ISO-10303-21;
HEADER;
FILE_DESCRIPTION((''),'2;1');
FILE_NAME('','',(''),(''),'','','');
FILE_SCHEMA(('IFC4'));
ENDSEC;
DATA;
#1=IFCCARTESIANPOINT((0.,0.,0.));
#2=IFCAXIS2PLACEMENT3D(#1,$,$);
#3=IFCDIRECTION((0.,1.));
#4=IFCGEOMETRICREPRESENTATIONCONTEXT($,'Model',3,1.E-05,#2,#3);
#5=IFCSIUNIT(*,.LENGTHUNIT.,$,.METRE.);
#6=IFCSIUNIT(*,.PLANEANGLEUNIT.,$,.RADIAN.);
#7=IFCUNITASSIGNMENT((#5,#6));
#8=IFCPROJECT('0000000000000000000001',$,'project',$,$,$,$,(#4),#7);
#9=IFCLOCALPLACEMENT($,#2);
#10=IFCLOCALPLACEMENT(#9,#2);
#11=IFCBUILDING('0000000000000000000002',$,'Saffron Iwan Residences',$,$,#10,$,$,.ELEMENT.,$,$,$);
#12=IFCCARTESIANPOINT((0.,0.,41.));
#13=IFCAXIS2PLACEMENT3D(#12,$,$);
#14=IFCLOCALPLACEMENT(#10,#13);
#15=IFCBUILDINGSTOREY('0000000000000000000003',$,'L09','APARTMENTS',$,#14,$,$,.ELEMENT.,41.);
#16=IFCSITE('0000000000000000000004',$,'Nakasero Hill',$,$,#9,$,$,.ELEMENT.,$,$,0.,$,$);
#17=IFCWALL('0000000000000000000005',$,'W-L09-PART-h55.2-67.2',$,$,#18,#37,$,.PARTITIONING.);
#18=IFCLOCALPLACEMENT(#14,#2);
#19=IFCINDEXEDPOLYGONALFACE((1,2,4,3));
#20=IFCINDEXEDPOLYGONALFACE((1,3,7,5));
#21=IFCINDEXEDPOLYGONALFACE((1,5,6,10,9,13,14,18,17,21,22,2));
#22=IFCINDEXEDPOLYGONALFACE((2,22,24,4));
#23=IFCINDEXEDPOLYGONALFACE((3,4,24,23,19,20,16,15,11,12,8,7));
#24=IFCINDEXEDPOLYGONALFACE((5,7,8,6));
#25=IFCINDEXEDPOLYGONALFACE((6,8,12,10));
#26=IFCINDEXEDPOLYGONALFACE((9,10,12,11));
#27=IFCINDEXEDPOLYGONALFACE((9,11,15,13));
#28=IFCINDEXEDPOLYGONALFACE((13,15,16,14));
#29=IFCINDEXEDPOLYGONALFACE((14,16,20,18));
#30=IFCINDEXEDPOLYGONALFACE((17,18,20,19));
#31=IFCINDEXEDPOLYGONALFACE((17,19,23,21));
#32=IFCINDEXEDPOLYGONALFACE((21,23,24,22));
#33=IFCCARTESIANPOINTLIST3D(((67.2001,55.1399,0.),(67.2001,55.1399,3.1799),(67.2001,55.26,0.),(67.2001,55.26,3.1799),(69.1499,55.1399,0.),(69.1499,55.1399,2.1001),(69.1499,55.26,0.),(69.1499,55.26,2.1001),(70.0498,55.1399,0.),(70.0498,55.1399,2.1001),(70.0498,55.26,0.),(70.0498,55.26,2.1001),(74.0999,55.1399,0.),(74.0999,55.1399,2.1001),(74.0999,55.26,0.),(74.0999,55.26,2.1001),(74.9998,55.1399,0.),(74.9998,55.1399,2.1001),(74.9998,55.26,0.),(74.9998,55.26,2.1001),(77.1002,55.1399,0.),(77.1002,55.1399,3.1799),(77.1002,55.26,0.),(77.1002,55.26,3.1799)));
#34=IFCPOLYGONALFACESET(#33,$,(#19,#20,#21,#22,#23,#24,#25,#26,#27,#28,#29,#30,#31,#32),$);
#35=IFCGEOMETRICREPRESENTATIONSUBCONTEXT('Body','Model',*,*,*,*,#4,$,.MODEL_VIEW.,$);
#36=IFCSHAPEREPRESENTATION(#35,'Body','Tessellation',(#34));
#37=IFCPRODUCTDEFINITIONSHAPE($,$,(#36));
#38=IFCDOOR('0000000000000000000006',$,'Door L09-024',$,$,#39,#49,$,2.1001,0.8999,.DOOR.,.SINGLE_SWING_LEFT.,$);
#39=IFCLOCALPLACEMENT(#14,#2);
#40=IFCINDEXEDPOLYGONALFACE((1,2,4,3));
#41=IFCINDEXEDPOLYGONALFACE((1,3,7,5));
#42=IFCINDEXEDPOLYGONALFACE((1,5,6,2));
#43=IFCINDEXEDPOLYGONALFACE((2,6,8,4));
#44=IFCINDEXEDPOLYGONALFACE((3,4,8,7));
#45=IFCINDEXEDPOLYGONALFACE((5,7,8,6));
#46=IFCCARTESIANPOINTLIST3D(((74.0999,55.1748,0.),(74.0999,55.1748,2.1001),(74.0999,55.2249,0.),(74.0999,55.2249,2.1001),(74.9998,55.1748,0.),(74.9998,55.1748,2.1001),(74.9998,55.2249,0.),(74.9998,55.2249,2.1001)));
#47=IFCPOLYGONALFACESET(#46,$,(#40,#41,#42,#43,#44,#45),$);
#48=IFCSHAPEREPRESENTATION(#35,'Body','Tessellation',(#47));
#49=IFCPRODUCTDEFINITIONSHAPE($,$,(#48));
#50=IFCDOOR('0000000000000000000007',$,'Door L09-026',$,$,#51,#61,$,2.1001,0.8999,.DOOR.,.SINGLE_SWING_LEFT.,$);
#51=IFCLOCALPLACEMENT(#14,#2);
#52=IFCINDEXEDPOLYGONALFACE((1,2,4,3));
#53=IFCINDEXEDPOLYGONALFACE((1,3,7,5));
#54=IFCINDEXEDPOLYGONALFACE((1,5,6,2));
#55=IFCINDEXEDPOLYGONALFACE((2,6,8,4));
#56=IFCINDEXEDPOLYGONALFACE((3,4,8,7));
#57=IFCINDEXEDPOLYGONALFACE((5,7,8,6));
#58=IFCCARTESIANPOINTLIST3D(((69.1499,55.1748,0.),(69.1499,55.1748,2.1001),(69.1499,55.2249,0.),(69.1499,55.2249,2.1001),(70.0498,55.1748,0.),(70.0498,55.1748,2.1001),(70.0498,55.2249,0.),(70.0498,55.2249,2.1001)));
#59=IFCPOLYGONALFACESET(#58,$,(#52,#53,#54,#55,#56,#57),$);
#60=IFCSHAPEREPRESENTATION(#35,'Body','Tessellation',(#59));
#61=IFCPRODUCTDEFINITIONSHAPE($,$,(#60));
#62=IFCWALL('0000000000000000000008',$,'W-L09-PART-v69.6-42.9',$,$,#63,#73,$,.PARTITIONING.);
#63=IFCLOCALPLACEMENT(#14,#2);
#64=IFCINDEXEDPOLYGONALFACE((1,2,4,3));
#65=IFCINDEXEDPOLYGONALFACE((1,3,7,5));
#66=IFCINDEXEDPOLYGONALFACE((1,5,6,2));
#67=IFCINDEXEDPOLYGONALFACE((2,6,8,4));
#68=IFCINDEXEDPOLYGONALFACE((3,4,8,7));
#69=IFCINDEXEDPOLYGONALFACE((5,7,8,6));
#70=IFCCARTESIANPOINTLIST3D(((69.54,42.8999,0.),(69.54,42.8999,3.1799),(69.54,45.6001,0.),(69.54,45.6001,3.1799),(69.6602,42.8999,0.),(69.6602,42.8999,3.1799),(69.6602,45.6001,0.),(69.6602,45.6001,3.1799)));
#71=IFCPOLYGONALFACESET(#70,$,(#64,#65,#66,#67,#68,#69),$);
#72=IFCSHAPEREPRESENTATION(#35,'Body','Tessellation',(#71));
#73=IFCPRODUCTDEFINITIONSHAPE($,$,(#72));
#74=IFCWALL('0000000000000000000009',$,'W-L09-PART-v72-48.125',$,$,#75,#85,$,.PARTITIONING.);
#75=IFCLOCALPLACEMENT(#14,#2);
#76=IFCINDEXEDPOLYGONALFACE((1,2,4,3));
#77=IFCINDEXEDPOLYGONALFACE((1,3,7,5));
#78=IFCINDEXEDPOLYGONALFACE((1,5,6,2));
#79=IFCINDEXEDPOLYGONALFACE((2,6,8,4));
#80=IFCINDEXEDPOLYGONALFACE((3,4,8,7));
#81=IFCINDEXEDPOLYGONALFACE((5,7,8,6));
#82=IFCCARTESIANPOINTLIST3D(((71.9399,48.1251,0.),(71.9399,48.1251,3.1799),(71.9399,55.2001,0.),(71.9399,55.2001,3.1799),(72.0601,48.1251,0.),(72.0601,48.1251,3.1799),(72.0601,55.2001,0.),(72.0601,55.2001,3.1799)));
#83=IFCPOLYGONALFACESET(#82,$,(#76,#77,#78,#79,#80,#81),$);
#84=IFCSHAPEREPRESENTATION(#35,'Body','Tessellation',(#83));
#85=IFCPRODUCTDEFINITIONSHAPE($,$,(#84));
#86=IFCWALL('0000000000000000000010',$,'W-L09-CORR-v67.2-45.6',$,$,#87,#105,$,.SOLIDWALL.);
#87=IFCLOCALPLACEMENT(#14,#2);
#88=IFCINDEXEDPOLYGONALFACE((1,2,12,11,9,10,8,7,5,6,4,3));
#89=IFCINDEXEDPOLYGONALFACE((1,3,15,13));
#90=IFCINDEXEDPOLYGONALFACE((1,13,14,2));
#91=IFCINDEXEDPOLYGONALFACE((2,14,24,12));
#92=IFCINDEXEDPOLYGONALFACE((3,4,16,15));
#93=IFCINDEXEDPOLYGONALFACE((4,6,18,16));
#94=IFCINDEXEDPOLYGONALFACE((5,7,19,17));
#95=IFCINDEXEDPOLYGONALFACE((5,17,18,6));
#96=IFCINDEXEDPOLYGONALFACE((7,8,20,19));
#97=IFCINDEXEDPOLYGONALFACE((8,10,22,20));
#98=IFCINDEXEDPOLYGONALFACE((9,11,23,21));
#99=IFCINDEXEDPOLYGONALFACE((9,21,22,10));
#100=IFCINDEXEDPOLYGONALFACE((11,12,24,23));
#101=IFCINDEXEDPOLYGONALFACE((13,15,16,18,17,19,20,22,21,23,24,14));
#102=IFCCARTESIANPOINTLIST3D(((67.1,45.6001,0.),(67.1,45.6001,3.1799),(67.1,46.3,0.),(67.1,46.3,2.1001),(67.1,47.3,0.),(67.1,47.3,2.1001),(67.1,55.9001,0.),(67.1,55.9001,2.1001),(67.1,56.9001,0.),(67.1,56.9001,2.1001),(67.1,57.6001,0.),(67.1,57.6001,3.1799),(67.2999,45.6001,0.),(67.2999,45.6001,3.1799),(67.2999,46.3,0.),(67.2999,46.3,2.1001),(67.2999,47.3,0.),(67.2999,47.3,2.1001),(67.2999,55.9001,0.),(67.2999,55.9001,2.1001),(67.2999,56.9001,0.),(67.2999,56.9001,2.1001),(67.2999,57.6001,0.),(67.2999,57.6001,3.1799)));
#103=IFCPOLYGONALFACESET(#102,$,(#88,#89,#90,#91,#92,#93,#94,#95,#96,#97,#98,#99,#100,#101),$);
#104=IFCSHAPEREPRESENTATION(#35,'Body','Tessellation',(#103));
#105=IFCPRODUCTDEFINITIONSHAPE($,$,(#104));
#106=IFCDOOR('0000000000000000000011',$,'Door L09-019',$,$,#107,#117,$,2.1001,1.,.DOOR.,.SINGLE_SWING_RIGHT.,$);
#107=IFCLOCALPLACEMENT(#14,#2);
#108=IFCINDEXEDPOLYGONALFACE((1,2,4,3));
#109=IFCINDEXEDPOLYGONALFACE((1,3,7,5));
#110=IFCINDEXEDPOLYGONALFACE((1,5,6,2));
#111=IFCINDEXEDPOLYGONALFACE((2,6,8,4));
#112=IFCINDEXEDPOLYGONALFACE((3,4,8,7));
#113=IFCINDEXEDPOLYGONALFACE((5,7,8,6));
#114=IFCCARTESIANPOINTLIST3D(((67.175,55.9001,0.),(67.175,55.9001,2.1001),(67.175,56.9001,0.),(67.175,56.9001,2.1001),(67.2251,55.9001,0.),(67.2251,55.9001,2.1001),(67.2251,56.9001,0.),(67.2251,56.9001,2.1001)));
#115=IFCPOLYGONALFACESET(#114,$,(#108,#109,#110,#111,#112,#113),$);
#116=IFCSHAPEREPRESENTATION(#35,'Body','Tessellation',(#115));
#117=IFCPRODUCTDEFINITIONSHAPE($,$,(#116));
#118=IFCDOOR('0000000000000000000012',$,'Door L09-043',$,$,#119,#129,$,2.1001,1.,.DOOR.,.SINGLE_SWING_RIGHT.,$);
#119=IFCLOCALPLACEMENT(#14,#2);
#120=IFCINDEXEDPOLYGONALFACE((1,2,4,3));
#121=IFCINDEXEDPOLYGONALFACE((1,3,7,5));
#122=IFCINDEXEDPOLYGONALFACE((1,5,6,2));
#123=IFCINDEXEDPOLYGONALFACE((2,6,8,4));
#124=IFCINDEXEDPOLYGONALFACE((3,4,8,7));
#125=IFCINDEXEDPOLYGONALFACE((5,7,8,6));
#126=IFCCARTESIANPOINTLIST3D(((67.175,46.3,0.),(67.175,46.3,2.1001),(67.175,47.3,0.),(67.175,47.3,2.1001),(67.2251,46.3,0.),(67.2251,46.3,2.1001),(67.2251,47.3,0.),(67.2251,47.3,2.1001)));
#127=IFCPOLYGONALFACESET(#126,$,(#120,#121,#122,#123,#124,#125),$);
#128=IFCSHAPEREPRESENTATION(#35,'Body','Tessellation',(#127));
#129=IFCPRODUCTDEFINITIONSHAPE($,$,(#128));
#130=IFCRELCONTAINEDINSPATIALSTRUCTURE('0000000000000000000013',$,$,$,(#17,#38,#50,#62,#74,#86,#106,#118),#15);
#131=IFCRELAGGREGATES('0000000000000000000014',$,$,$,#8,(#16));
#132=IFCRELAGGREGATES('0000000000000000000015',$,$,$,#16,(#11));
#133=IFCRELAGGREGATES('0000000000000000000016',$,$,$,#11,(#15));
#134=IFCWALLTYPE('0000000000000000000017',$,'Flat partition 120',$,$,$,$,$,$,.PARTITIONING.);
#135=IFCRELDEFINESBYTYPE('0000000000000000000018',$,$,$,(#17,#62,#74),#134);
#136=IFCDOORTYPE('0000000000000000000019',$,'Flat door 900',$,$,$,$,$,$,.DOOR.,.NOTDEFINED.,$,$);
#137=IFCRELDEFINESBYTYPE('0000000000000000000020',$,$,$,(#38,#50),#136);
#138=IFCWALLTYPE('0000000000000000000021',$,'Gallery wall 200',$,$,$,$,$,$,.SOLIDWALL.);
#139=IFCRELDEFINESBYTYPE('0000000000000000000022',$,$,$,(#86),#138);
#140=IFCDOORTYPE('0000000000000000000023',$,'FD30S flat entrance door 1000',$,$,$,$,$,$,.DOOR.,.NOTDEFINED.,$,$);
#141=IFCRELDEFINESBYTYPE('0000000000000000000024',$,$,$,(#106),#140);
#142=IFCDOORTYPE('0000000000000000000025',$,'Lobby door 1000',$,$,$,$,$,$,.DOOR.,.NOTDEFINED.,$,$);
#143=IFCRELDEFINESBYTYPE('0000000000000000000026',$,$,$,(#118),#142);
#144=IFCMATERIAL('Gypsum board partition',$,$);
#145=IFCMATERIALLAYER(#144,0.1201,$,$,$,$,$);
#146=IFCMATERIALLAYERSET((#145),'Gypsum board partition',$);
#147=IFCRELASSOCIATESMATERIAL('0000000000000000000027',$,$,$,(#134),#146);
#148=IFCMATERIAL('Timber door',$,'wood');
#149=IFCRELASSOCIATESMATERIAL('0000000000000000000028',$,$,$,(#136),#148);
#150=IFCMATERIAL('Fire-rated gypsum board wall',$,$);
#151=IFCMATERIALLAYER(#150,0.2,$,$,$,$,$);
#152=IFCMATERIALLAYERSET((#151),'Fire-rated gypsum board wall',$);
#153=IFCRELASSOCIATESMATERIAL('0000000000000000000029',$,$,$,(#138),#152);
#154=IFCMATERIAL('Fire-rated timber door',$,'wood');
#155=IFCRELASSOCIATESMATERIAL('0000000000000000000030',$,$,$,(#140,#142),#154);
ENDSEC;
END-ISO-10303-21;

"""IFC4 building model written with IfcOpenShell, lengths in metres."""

from ifc_helpers import new_model, si_unit, direction, frame, frame_2d, origin, place, context, subcontext, project, spatial, rectangle, extrude, material, layer, layer_set, type_object, element, fill, save


model = new_model("IFC4")

# Units and contexts
model_context = context("Model", 3, precision=1e-05, world=origin(), true_north=direction((0.0, 1.0)))
body_context = subcontext(model_context, "Body", "Model", "MODEL_VIEW")
ifc_project = project(units=[si_unit("LENGTHUNIT", "METRE"), si_unit("PLANEANGLEUNIT", "RADIAN")], contexts=[model_context])

# Site, building, storey
site_placement = place(None, origin())
site = spatial("IfcSite", under=ifc_project, at=site_placement, Name="Nakasero Hill", CompositionType="ELEMENT", RefElevation=0.0)
building_placement = place(site_placement, origin())
building = spatial("IfcBuilding", under=site, at=building_placement, Name="Saffron Iwan Residences", CompositionType="ELEMENT")
storey_placement = place(building_placement, frame((0.0, 0.0, 41.0)))
storey = spatial("IfcBuildingStorey", under=building, at=storey_placement, Name="L09", Description="APARTMENTS", CompositionType="ELEMENT", Elevation=41.0)

# Shared definitions
ifc_material_1 = material(Name="Fire-rated gypsum board wall")

# Shared definitions
ifc_material_2 = material(Name="Gypsum board partition")
ifc_layer_1 = layer(ifc_material_2, 0.1201)
ifc_layer_set_1 = layer_set([ifc_layer_1], Name="Gypsum board partition")
wall_type_1 = type_object("IfcWallType", Name="Flat partition 120", PredefinedType="PARTITIONING", material=ifc_layer_set_1)
ifc_material_3 = material(Name="Timber door", Category="wood")
door_type_1 = type_object("IfcDoorType", Name="Flat door 900", OperationType="NOTDEFINED", PredefinedType="DOOR", material=ifc_material_3)

# Wall, openings, doors
wall_1_placement = place(storey_placement, frame((67.2, 55.2, 0.0), z_axis=(0.0, 0.0, 1.0), x_axis=(1.0, 0.0, 0.0)))
wall_1 = element("IfcWall", 1, at=wall_1_placement, inside=storey, type_object=wall_type_1, Name="W-L09-PART-h55.2-67.2", PredefinedType="PARTITIONING", context=body_context, shape_type="SweptSolid", body=[
    extrude(rectangle(XDim=9.9001, YDim=0.1201, at=frame_2d((4.9502, 0.0))), origin(), (0.0, 0.0, 1.0), 3.1799),
])
opening_1_placement = place(wall_1_placement, frame((6.8999, 0.0, 0.0)))
opening_1 = element("IfcOpeningElement", 2, at=opening_1_placement, cuts=wall_1, PredefinedType="OPENING", context=body_context, shape_type="SweptSolid", body=[
    extrude(rectangle(XDim=0.8999, YDim=2.1001, at=frame_2d((0.45, 1.05))), frame((0.0, 0.0701, 0.0), z_axis=(0.0, -1.0, 0.0), x_axis=(1.0, 0.0, 0.0)), (0.0, 0.0, 1.0), 0.1401),
])
opening_2_placement = place(wall_1_placement, frame((1.95, 0.0, 0.0)))
opening_2 = element("IfcOpeningElement", 3, at=opening_2_placement, cuts=wall_1, PredefinedType="OPENING", context=body_context, shape_type="SweptSolid", body=[
    extrude(rectangle(XDim=0.8999, YDim=2.1001, at=frame_2d((0.45, 1.05))), frame((0.0, 0.0701, 0.0), z_axis=(0.0, -1.0, 0.0), x_axis=(1.0, 0.0, 0.0)), (0.0, 0.0, 1.0), 0.1401),
])
door_1_placement = place(opening_1_placement, origin())
door_1 = element("IfcDoor", 4, at=door_1_placement, inside=storey, type_object=door_type_1, Name="Door L09-024", OperationType="SINGLE_SWING_LEFT", OverallHeight=2.1001, OverallWidth=0.8999, PredefinedType="DOOR", context=body_context, shape_type="SweptSolid", body=[
    extrude(rectangle(XDim=0.8999, YDim=2.1001, at=frame_2d((0.45, 1.05))), frame((0.0, 0.0249, 0.0), z_axis=(0.0, -1.0, 0.0), x_axis=(1.0, 0.0, 0.0)), (0.0, 0.0, 1.0), 0.05),
])
fill(opening_1, door_1)
door_2_placement = place(opening_2_placement, origin())
door_2 = element("IfcDoor", 5, at=door_2_placement, inside=storey, type_object=door_type_1, Name="Door L09-026", OperationType="SINGLE_SWING_LEFT", OverallHeight=2.1001, OverallWidth=0.8999, PredefinedType="DOOR", context=body_context, shape_type="SweptSolid", body=[
    extrude(rectangle(XDim=0.8999, YDim=2.1001, at=frame_2d((0.45, 1.05))), frame((0.0, 0.0249, 0.0), z_axis=(0.0, -1.0, 0.0), x_axis=(1.0, 0.0, 0.0)), (0.0, 0.0, 1.0), 0.05),
])
fill(opening_2, door_2)

# Walls
wall_2_placement = place(storey_placement, frame((69.6001, 42.8999, 0.0), z_axis=(0.0, 0.0, 1.0), x_axis=(0.0, 1.0, 0.0)))
element("IfcWall", 6, at=wall_2_placement, inside=storey, type_object=wall_type_1, Name="W-L09-PART-v69.6-42.9", PredefinedType="PARTITIONING", context=body_context, shape_type="SweptSolid", body=[
    extrude(rectangle(XDim=2.7002, YDim=0.1201, at=frame_2d((1.3501, 0.0))), origin(), (0.0, 0.0, 1.0), 3.1799),
])
wall_3_placement = place(storey_placement, frame((72.0, 48.125, 0.0), z_axis=(0.0, 0.0, 1.0), x_axis=(0.0, 1.0, 0.0)))
element("IfcWall", 7, at=wall_3_placement, inside=storey, type_object=wall_type_1, Name="W-L09-PART-v72-48.125", PredefinedType="PARTITIONING", context=body_context, shape_type="SweptSolid", body=[
    extrude(rectangle(XDim=7.075, YDim=0.1201, at=frame_2d((3.5376, 0.0))), origin(), (0.0, 0.0, 1.0), 3.1799),
])

# Wall, openings, doors
ifc_layer_2 = layer(ifc_material_1, 0.2)
ifc_layer_set_2 = layer_set([ifc_layer_2], Name="Fire-rated gypsum board wall")
wall_type_2 = type_object("IfcWallType", Name="Gallery wall 200", PredefinedType="SOLIDWALL", material=ifc_layer_set_2)
wall_4_placement = place(storey_placement, frame((67.2, 45.6001, 0.0), z_axis=(0.0, 0.0, 1.0), x_axis=(0.0, 1.0, 0.0)))
wall_4 = element("IfcWall", 8, at=wall_4_placement, inside=storey, type_object=wall_type_2, Name="W-L09-CORR-v67.2-45.6", PredefinedType="SOLIDWALL", context=body_context, shape_type="SweptSolid", body=[
    extrude(rectangle(XDim=12.0, YDim=0.2, at=frame_2d((6.0, 0.0))), origin(), (0.0, 0.0, 1.0), 3.1799),
])
opening_3_placement = place(wall_4_placement, frame((10.3, 0.0, 0.0)))
opening_3 = element("IfcOpeningElement", 9, at=opening_3_placement, cuts=wall_4, PredefinedType="OPENING", context=body_context, shape_type="SweptSolid", body=[
    extrude(rectangle(XDim=1.0, YDim=2.1001, at=frame_2d((0.5, 1.05))), frame((0.0, 0.1099, 0.0), z_axis=(0.0, -1.0, 0.0), x_axis=(1.0, 0.0, 0.0)), (0.0, 0.0, 1.0), 0.22),
])
opening_4_placement = place(wall_4_placement, frame((0.7, 0.0, 0.0)))
opening_4 = element("IfcOpeningElement", 10, at=opening_4_placement, cuts=wall_4, PredefinedType="OPENING", context=body_context, shape_type="SweptSolid", body=[
    extrude(rectangle(XDim=1.0, YDim=2.1001, at=frame_2d((0.5, 1.05))), frame((0.0, 0.1099, 0.0), z_axis=(0.0, -1.0, 0.0), x_axis=(1.0, 0.0, 0.0)), (0.0, 0.0, 1.0), 0.22),
])
ifc_material_4 = material(Name="Fire-rated timber door", Category="wood")
door_type_2 = type_object("IfcDoorType", Name="FD30S flat entrance door 1000", OperationType="NOTDEFINED", PredefinedType="DOOR", material=ifc_material_4)
door_3_placement = place(opening_3_placement, origin())
door_3 = element("IfcDoor", 11, at=door_3_placement, inside=storey, type_object=door_type_2, Name="Door L09-019", OperationType="SINGLE_SWING_RIGHT", OverallHeight=2.1001, OverallWidth=1.0, PredefinedType="DOOR", context=body_context, shape_type="SweptSolid", body=[
    extrude(rectangle(XDim=1.0, YDim=2.1001, at=frame_2d((0.5, 1.05))), frame((0.0, 0.0249, 0.0), z_axis=(0.0, -1.0, 0.0), x_axis=(1.0, 0.0, 0.0)), (0.0, 0.0, 1.0), 0.05),
])
fill(opening_3, door_3)
door_type_3 = type_object("IfcDoorType", Name="Lobby door 1000", OperationType="NOTDEFINED", PredefinedType="DOOR", material=ifc_material_4)
door_4_placement = place(opening_4_placement, origin())
door_4 = element("IfcDoor", 12, at=door_4_placement, inside=storey, type_object=door_type_3, Name="Door L09-043", OperationType="SINGLE_SWING_RIGHT", OverallHeight=2.1001, OverallWidth=1.0, PredefinedType="DOOR", context=body_context, shape_type="SweptSolid", body=[
    extrude(rectangle(XDim=1.0, YDim=2.1001, at=frame_2d((0.5, 1.05))), frame((0.0, 0.0249, 0.0), z_axis=(0.0, -1.0, 0.0), x_axis=(1.0, 0.0, 0.0)), (0.0, 0.0, 1.0), 0.05),
])
fill(opening_4, door_4)

save(model, "model.ifc")
